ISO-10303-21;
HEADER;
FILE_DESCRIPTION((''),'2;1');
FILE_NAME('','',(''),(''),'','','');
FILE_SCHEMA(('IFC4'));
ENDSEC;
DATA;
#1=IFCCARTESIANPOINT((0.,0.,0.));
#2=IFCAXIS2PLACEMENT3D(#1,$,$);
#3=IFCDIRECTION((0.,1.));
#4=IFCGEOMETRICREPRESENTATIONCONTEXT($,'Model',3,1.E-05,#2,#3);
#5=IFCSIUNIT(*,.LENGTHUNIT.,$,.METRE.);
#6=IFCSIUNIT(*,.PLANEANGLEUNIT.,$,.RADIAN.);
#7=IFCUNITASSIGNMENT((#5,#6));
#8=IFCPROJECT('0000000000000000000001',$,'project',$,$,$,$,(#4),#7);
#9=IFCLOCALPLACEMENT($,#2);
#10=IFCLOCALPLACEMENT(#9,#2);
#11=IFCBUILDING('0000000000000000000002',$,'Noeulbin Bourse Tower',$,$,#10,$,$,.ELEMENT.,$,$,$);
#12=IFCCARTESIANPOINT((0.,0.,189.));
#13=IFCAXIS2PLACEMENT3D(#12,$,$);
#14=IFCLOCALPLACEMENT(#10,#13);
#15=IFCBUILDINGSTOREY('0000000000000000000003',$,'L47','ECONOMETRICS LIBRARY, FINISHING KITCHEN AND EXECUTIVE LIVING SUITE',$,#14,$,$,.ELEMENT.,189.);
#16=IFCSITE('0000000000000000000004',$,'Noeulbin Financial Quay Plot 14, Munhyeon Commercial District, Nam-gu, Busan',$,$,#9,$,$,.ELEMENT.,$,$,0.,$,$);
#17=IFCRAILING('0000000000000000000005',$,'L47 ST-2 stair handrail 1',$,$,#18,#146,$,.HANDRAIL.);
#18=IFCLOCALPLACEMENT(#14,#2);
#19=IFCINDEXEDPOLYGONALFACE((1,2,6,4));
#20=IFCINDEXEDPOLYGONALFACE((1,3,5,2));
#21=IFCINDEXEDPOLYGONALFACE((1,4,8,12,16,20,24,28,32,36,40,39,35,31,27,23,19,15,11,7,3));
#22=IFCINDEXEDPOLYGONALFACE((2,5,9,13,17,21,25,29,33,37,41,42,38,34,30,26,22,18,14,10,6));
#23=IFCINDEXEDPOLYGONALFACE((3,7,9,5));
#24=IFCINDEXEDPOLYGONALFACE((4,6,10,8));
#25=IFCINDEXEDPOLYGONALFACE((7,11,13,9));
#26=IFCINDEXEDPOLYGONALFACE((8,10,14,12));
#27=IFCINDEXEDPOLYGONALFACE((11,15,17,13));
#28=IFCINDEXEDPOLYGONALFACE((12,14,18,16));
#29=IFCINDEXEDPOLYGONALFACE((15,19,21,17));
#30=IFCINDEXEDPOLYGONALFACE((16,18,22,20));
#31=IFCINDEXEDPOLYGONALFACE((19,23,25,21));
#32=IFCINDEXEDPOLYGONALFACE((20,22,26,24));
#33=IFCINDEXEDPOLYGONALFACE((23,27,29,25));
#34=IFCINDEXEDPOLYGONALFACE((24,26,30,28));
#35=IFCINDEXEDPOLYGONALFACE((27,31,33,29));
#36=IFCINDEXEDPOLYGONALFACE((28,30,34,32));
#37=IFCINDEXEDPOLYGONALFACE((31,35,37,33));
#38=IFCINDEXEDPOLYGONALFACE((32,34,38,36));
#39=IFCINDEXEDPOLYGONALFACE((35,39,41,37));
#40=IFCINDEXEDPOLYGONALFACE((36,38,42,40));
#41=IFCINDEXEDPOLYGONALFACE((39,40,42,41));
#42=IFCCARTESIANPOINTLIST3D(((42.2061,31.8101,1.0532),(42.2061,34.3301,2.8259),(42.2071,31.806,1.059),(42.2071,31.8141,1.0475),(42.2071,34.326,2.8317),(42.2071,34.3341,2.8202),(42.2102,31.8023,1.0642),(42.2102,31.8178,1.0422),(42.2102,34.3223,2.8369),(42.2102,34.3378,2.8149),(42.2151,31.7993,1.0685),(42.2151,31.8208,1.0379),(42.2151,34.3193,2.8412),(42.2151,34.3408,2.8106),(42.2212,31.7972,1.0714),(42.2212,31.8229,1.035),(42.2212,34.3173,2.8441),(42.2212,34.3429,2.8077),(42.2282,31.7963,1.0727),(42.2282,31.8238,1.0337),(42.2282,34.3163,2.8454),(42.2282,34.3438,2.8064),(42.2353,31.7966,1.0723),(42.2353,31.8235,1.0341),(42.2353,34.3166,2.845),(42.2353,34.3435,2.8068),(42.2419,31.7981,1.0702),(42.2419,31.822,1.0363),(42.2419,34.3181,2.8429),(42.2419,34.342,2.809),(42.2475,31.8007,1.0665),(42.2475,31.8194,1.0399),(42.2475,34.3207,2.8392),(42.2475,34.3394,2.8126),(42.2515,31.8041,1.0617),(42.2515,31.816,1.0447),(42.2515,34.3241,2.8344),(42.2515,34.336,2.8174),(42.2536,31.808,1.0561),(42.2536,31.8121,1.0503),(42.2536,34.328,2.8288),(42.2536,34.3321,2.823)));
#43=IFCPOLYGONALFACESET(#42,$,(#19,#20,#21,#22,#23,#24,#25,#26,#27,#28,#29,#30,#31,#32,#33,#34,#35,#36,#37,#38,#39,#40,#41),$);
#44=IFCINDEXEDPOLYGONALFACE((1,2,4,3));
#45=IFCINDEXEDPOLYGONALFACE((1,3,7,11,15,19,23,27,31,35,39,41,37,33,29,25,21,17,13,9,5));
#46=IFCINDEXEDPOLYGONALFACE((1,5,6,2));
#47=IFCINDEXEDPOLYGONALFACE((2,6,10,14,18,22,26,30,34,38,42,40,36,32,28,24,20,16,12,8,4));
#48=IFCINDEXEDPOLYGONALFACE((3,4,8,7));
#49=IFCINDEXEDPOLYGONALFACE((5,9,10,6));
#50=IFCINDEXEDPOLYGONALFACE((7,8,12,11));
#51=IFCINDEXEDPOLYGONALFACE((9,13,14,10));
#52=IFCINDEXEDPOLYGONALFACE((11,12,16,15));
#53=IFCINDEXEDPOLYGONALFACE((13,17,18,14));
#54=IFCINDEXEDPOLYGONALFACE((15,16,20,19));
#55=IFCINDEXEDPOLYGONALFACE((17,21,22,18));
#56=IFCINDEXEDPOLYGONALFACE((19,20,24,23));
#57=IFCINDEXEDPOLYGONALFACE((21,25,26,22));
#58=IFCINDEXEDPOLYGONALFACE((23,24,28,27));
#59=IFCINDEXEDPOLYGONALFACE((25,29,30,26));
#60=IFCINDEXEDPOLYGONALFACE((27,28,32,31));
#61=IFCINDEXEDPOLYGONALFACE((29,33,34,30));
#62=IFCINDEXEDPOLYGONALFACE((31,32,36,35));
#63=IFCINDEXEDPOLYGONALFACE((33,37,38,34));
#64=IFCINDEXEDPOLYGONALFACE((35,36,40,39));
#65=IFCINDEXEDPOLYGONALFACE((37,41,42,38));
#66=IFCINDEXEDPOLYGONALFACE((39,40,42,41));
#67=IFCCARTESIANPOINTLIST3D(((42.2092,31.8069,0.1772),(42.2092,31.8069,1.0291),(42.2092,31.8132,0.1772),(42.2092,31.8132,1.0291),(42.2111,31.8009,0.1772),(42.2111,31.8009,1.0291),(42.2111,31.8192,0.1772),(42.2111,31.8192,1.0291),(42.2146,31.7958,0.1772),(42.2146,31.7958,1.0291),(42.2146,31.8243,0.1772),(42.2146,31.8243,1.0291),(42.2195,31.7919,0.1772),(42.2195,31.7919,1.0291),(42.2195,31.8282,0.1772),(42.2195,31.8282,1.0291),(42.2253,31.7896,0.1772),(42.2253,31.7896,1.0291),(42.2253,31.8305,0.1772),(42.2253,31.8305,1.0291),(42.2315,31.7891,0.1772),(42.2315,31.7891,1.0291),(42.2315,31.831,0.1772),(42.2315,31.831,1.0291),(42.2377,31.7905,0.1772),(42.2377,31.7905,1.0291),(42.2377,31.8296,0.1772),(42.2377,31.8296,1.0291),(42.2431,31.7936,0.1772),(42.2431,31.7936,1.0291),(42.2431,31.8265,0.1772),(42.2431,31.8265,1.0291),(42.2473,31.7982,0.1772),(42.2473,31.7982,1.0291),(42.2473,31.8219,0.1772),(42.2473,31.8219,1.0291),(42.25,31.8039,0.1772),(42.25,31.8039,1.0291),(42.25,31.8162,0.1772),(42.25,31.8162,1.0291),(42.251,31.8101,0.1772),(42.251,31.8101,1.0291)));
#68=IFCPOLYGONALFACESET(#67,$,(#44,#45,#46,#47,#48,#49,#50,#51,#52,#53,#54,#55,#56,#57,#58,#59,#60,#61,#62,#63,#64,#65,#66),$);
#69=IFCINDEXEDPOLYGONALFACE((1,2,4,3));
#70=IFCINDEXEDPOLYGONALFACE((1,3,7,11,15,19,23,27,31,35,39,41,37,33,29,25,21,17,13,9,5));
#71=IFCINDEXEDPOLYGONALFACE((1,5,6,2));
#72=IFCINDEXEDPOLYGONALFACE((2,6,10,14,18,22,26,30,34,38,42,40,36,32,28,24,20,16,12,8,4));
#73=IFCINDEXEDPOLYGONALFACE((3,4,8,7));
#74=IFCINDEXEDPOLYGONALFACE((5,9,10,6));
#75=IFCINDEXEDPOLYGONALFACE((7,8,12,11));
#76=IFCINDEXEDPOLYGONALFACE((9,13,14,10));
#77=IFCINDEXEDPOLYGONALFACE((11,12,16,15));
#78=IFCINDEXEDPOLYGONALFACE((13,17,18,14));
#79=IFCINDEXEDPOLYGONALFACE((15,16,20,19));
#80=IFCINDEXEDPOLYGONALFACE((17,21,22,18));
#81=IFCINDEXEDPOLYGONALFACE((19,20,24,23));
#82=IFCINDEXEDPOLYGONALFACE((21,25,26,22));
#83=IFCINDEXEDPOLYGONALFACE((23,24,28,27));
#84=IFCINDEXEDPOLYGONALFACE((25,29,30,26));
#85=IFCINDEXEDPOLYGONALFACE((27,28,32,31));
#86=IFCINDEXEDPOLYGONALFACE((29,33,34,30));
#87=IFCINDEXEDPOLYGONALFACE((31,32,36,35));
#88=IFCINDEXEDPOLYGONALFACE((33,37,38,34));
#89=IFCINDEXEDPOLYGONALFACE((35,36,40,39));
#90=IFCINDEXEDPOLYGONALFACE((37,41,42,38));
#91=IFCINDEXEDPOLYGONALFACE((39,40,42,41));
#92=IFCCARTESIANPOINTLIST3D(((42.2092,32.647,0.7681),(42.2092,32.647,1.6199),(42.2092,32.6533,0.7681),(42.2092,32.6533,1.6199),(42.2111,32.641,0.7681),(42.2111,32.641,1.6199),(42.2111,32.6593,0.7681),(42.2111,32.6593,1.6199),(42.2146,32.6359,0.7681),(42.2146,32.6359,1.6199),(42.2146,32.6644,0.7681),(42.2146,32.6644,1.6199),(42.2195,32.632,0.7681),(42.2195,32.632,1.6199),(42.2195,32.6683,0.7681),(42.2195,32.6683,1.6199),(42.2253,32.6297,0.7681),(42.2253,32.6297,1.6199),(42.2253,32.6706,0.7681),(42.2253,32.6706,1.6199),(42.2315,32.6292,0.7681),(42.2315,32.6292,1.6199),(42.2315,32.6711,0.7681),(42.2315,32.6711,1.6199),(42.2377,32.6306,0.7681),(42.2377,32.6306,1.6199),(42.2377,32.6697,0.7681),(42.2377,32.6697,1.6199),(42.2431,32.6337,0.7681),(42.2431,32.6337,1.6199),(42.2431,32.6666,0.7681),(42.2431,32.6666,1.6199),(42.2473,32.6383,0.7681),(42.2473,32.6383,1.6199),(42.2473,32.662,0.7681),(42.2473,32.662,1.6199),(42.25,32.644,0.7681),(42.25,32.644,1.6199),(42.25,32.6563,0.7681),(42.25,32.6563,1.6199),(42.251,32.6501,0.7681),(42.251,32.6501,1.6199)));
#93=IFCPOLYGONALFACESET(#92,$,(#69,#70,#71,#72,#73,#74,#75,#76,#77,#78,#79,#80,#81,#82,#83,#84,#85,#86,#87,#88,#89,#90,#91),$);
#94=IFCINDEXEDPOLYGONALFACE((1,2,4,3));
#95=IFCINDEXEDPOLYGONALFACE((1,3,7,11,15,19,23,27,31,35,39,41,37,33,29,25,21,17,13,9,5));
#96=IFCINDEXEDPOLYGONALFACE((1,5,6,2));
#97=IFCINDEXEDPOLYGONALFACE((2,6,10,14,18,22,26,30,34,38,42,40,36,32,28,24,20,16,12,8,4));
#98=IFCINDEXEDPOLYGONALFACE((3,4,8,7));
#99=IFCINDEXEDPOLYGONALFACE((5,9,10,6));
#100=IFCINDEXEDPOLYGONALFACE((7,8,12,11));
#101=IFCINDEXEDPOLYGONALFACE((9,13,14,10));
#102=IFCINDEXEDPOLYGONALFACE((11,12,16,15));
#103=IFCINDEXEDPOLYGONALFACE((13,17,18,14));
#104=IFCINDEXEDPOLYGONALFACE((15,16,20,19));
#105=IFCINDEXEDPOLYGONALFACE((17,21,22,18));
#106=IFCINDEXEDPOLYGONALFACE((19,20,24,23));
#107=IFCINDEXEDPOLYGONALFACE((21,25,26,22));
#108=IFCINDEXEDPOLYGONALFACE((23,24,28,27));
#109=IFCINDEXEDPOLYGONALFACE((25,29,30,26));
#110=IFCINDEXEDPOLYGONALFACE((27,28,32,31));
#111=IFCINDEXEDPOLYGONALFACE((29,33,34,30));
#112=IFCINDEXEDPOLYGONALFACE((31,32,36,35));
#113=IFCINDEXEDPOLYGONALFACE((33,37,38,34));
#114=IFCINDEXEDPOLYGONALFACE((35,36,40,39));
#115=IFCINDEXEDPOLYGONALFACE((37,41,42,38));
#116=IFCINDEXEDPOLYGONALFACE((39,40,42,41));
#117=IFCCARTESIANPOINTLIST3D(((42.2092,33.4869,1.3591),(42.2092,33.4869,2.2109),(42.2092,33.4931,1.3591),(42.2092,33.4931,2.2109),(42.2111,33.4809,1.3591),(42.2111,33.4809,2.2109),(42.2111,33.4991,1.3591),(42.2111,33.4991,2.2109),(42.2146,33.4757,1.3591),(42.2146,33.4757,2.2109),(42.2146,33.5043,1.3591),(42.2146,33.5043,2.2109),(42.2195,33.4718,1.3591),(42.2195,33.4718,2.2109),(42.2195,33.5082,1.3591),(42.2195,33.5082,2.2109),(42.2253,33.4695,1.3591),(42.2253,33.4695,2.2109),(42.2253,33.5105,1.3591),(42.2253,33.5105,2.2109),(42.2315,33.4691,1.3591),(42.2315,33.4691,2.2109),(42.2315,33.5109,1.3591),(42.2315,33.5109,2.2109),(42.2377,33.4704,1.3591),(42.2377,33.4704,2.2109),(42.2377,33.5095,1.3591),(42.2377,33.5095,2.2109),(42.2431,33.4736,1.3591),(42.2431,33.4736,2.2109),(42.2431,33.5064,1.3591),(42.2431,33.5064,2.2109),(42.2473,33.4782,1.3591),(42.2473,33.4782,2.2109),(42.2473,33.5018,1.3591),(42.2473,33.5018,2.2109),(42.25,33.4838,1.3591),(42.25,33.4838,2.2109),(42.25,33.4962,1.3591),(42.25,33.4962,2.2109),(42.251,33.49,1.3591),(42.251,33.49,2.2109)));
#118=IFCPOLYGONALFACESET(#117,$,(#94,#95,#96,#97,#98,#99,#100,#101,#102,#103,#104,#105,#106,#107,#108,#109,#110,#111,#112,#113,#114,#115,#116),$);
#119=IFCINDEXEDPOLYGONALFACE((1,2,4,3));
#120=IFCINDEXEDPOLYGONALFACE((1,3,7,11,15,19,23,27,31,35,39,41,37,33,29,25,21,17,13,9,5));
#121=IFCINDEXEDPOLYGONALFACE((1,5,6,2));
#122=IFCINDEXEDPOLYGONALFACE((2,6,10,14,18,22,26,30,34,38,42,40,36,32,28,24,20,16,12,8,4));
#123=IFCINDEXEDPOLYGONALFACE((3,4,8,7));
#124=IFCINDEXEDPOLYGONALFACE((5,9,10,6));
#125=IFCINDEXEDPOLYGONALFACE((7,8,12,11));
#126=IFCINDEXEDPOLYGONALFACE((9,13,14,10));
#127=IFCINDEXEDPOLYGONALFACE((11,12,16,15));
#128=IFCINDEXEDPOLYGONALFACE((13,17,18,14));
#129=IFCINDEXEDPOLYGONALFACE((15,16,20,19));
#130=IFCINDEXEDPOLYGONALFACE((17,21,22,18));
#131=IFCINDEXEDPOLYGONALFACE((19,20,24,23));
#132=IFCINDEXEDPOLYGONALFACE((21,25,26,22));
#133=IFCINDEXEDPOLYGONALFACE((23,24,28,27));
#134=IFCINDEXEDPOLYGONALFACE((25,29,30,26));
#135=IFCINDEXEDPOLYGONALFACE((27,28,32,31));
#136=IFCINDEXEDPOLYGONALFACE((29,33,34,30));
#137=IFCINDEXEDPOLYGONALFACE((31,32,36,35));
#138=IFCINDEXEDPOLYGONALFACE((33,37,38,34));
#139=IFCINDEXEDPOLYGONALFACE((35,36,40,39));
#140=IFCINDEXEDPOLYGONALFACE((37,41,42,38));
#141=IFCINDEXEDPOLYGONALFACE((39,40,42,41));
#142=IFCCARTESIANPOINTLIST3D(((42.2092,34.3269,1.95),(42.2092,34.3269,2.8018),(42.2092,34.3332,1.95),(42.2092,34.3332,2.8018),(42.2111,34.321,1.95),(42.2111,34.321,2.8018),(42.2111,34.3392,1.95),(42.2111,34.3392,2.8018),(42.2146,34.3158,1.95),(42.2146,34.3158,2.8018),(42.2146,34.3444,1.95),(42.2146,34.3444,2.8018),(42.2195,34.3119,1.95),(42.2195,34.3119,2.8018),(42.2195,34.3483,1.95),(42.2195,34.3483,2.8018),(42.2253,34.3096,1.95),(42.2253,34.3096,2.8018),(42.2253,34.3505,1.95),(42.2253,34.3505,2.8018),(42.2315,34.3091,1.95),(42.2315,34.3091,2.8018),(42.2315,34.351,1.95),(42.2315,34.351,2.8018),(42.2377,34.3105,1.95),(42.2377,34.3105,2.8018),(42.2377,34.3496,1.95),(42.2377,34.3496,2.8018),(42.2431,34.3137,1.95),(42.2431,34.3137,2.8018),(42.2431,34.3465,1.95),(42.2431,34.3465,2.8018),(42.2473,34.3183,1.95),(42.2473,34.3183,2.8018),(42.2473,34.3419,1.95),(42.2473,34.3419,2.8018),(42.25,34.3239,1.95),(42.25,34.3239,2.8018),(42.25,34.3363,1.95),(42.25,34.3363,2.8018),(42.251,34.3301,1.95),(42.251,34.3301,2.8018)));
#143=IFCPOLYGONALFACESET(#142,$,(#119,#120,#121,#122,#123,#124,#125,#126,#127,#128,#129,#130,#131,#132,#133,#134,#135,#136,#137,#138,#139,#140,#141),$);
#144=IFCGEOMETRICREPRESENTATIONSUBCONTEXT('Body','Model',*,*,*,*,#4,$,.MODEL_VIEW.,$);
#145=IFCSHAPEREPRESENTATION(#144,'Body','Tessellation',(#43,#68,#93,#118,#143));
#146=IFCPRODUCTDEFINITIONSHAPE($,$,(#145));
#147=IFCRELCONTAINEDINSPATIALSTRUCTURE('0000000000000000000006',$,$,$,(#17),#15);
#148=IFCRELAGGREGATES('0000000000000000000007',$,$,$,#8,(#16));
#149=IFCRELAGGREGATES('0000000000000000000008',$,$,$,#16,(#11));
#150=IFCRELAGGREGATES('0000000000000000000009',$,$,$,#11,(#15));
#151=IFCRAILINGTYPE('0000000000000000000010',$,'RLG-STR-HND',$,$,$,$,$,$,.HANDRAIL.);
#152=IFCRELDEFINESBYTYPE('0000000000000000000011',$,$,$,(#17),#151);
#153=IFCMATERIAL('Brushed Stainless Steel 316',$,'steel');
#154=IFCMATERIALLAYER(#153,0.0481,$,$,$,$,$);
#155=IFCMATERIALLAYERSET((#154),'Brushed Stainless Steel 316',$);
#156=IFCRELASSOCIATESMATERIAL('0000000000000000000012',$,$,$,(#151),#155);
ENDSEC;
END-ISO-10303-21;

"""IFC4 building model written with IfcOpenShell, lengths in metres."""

from ifc_helpers import new_model, si_unit, direction, frame, origin, origin_2d, place, context, subcontext, project, spatial, circle, extrude, material, layer, layer_set, type_object, element, save


model = new_model("IFC4")

# Units and contexts
model_context = context("Model", 3, precision=1e-05, world=origin(), true_north=direction((0.0, 1.0)))
body_context = subcontext(model_context, "Body", "Model", "MODEL_VIEW")
ifc_project = project(units=[si_unit("LENGTHUNIT", "METRE"), si_unit("PLANEANGLEUNIT", "RADIAN")], contexts=[model_context])

# Site, building, storey
site_placement = place(None, origin())
site = spatial("IfcSite", under=ifc_project, at=site_placement, Name="Noeulbin Financial Quay Plot 14, Munhyeon Commercial District, Nam-gu, Busan", CompositionType="ELEMENT", RefElevation=0.0)
building_placement = place(site_placement, origin())
building = spatial("IfcBuilding", under=site, at=building_placement, Name="Noeulbin Bourse Tower", CompositionType="ELEMENT")
storey_placement = place(building_placement, frame((0.0, 0.0, 189.0)))
storey = spatial("IfcBuildingStorey", under=building, at=storey_placement, Name="L47", Description="ECONOMETRICS LIBRARY, FINISHING KITCHEN AND EXECUTIVE LIVING SUITE", CompositionType="ELEMENT", Elevation=189.0)

# Railing
ifc_material_1 = material(Name="Brushed Stainless Steel 316", Category="steel")
ifc_layer_1 = layer(ifc_material_1, 0.0481)
ifc_layer_set_1 = layer_set([ifc_layer_1], Name="Brushed Stainless Steel 316")
railing_type_1 = type_object("IfcRailingType", Name="RLG-STR-HND", PredefinedType="HANDRAIL", material=ifc_layer_set_1)
railing_1_placement = place(storey_placement, frame((42.23, 31.8101, 0.1772)))
element("IfcRailing", 1, at=railing_1_placement, inside=storey, type_object=railing_type_1, Name="L47 ST-2 stair handrail 1", PredefinedType="HANDRAIL", context=body_context, shape_type="SweptSolid", body=[
    extrude(circle(Radius=0.0239, at=origin_2d()), frame((0.0, 0.0, 0.876), z_axis=(0.0, 0.817904, 0.575354), x_axis=(-1.0, 0.0, 0.0)), (0.0, 0.0, 1.0), 3.0811),
    extrude(circle(Radius=0.021, at=origin_2d()), origin(), (0.0, 0.0, 1.0), 0.8518),
    extrude(circle(Radius=0.021, at=origin_2d()), frame((0.0, 0.8401, 0.5908)), (0.0, 0.0, 1.0), 0.8518),
    extrude(circle(Radius=0.021, at=origin_2d()), frame((0.0, 1.6799, 1.1819)), (0.0, 0.0, 1.0), 0.8518),
    extrude(circle(Radius=0.021, at=origin_2d()), frame((0.0, 2.52, 1.7727)), (0.0, 0.0, 1.0), 0.8518),
])

save(model, "model.ifc")
